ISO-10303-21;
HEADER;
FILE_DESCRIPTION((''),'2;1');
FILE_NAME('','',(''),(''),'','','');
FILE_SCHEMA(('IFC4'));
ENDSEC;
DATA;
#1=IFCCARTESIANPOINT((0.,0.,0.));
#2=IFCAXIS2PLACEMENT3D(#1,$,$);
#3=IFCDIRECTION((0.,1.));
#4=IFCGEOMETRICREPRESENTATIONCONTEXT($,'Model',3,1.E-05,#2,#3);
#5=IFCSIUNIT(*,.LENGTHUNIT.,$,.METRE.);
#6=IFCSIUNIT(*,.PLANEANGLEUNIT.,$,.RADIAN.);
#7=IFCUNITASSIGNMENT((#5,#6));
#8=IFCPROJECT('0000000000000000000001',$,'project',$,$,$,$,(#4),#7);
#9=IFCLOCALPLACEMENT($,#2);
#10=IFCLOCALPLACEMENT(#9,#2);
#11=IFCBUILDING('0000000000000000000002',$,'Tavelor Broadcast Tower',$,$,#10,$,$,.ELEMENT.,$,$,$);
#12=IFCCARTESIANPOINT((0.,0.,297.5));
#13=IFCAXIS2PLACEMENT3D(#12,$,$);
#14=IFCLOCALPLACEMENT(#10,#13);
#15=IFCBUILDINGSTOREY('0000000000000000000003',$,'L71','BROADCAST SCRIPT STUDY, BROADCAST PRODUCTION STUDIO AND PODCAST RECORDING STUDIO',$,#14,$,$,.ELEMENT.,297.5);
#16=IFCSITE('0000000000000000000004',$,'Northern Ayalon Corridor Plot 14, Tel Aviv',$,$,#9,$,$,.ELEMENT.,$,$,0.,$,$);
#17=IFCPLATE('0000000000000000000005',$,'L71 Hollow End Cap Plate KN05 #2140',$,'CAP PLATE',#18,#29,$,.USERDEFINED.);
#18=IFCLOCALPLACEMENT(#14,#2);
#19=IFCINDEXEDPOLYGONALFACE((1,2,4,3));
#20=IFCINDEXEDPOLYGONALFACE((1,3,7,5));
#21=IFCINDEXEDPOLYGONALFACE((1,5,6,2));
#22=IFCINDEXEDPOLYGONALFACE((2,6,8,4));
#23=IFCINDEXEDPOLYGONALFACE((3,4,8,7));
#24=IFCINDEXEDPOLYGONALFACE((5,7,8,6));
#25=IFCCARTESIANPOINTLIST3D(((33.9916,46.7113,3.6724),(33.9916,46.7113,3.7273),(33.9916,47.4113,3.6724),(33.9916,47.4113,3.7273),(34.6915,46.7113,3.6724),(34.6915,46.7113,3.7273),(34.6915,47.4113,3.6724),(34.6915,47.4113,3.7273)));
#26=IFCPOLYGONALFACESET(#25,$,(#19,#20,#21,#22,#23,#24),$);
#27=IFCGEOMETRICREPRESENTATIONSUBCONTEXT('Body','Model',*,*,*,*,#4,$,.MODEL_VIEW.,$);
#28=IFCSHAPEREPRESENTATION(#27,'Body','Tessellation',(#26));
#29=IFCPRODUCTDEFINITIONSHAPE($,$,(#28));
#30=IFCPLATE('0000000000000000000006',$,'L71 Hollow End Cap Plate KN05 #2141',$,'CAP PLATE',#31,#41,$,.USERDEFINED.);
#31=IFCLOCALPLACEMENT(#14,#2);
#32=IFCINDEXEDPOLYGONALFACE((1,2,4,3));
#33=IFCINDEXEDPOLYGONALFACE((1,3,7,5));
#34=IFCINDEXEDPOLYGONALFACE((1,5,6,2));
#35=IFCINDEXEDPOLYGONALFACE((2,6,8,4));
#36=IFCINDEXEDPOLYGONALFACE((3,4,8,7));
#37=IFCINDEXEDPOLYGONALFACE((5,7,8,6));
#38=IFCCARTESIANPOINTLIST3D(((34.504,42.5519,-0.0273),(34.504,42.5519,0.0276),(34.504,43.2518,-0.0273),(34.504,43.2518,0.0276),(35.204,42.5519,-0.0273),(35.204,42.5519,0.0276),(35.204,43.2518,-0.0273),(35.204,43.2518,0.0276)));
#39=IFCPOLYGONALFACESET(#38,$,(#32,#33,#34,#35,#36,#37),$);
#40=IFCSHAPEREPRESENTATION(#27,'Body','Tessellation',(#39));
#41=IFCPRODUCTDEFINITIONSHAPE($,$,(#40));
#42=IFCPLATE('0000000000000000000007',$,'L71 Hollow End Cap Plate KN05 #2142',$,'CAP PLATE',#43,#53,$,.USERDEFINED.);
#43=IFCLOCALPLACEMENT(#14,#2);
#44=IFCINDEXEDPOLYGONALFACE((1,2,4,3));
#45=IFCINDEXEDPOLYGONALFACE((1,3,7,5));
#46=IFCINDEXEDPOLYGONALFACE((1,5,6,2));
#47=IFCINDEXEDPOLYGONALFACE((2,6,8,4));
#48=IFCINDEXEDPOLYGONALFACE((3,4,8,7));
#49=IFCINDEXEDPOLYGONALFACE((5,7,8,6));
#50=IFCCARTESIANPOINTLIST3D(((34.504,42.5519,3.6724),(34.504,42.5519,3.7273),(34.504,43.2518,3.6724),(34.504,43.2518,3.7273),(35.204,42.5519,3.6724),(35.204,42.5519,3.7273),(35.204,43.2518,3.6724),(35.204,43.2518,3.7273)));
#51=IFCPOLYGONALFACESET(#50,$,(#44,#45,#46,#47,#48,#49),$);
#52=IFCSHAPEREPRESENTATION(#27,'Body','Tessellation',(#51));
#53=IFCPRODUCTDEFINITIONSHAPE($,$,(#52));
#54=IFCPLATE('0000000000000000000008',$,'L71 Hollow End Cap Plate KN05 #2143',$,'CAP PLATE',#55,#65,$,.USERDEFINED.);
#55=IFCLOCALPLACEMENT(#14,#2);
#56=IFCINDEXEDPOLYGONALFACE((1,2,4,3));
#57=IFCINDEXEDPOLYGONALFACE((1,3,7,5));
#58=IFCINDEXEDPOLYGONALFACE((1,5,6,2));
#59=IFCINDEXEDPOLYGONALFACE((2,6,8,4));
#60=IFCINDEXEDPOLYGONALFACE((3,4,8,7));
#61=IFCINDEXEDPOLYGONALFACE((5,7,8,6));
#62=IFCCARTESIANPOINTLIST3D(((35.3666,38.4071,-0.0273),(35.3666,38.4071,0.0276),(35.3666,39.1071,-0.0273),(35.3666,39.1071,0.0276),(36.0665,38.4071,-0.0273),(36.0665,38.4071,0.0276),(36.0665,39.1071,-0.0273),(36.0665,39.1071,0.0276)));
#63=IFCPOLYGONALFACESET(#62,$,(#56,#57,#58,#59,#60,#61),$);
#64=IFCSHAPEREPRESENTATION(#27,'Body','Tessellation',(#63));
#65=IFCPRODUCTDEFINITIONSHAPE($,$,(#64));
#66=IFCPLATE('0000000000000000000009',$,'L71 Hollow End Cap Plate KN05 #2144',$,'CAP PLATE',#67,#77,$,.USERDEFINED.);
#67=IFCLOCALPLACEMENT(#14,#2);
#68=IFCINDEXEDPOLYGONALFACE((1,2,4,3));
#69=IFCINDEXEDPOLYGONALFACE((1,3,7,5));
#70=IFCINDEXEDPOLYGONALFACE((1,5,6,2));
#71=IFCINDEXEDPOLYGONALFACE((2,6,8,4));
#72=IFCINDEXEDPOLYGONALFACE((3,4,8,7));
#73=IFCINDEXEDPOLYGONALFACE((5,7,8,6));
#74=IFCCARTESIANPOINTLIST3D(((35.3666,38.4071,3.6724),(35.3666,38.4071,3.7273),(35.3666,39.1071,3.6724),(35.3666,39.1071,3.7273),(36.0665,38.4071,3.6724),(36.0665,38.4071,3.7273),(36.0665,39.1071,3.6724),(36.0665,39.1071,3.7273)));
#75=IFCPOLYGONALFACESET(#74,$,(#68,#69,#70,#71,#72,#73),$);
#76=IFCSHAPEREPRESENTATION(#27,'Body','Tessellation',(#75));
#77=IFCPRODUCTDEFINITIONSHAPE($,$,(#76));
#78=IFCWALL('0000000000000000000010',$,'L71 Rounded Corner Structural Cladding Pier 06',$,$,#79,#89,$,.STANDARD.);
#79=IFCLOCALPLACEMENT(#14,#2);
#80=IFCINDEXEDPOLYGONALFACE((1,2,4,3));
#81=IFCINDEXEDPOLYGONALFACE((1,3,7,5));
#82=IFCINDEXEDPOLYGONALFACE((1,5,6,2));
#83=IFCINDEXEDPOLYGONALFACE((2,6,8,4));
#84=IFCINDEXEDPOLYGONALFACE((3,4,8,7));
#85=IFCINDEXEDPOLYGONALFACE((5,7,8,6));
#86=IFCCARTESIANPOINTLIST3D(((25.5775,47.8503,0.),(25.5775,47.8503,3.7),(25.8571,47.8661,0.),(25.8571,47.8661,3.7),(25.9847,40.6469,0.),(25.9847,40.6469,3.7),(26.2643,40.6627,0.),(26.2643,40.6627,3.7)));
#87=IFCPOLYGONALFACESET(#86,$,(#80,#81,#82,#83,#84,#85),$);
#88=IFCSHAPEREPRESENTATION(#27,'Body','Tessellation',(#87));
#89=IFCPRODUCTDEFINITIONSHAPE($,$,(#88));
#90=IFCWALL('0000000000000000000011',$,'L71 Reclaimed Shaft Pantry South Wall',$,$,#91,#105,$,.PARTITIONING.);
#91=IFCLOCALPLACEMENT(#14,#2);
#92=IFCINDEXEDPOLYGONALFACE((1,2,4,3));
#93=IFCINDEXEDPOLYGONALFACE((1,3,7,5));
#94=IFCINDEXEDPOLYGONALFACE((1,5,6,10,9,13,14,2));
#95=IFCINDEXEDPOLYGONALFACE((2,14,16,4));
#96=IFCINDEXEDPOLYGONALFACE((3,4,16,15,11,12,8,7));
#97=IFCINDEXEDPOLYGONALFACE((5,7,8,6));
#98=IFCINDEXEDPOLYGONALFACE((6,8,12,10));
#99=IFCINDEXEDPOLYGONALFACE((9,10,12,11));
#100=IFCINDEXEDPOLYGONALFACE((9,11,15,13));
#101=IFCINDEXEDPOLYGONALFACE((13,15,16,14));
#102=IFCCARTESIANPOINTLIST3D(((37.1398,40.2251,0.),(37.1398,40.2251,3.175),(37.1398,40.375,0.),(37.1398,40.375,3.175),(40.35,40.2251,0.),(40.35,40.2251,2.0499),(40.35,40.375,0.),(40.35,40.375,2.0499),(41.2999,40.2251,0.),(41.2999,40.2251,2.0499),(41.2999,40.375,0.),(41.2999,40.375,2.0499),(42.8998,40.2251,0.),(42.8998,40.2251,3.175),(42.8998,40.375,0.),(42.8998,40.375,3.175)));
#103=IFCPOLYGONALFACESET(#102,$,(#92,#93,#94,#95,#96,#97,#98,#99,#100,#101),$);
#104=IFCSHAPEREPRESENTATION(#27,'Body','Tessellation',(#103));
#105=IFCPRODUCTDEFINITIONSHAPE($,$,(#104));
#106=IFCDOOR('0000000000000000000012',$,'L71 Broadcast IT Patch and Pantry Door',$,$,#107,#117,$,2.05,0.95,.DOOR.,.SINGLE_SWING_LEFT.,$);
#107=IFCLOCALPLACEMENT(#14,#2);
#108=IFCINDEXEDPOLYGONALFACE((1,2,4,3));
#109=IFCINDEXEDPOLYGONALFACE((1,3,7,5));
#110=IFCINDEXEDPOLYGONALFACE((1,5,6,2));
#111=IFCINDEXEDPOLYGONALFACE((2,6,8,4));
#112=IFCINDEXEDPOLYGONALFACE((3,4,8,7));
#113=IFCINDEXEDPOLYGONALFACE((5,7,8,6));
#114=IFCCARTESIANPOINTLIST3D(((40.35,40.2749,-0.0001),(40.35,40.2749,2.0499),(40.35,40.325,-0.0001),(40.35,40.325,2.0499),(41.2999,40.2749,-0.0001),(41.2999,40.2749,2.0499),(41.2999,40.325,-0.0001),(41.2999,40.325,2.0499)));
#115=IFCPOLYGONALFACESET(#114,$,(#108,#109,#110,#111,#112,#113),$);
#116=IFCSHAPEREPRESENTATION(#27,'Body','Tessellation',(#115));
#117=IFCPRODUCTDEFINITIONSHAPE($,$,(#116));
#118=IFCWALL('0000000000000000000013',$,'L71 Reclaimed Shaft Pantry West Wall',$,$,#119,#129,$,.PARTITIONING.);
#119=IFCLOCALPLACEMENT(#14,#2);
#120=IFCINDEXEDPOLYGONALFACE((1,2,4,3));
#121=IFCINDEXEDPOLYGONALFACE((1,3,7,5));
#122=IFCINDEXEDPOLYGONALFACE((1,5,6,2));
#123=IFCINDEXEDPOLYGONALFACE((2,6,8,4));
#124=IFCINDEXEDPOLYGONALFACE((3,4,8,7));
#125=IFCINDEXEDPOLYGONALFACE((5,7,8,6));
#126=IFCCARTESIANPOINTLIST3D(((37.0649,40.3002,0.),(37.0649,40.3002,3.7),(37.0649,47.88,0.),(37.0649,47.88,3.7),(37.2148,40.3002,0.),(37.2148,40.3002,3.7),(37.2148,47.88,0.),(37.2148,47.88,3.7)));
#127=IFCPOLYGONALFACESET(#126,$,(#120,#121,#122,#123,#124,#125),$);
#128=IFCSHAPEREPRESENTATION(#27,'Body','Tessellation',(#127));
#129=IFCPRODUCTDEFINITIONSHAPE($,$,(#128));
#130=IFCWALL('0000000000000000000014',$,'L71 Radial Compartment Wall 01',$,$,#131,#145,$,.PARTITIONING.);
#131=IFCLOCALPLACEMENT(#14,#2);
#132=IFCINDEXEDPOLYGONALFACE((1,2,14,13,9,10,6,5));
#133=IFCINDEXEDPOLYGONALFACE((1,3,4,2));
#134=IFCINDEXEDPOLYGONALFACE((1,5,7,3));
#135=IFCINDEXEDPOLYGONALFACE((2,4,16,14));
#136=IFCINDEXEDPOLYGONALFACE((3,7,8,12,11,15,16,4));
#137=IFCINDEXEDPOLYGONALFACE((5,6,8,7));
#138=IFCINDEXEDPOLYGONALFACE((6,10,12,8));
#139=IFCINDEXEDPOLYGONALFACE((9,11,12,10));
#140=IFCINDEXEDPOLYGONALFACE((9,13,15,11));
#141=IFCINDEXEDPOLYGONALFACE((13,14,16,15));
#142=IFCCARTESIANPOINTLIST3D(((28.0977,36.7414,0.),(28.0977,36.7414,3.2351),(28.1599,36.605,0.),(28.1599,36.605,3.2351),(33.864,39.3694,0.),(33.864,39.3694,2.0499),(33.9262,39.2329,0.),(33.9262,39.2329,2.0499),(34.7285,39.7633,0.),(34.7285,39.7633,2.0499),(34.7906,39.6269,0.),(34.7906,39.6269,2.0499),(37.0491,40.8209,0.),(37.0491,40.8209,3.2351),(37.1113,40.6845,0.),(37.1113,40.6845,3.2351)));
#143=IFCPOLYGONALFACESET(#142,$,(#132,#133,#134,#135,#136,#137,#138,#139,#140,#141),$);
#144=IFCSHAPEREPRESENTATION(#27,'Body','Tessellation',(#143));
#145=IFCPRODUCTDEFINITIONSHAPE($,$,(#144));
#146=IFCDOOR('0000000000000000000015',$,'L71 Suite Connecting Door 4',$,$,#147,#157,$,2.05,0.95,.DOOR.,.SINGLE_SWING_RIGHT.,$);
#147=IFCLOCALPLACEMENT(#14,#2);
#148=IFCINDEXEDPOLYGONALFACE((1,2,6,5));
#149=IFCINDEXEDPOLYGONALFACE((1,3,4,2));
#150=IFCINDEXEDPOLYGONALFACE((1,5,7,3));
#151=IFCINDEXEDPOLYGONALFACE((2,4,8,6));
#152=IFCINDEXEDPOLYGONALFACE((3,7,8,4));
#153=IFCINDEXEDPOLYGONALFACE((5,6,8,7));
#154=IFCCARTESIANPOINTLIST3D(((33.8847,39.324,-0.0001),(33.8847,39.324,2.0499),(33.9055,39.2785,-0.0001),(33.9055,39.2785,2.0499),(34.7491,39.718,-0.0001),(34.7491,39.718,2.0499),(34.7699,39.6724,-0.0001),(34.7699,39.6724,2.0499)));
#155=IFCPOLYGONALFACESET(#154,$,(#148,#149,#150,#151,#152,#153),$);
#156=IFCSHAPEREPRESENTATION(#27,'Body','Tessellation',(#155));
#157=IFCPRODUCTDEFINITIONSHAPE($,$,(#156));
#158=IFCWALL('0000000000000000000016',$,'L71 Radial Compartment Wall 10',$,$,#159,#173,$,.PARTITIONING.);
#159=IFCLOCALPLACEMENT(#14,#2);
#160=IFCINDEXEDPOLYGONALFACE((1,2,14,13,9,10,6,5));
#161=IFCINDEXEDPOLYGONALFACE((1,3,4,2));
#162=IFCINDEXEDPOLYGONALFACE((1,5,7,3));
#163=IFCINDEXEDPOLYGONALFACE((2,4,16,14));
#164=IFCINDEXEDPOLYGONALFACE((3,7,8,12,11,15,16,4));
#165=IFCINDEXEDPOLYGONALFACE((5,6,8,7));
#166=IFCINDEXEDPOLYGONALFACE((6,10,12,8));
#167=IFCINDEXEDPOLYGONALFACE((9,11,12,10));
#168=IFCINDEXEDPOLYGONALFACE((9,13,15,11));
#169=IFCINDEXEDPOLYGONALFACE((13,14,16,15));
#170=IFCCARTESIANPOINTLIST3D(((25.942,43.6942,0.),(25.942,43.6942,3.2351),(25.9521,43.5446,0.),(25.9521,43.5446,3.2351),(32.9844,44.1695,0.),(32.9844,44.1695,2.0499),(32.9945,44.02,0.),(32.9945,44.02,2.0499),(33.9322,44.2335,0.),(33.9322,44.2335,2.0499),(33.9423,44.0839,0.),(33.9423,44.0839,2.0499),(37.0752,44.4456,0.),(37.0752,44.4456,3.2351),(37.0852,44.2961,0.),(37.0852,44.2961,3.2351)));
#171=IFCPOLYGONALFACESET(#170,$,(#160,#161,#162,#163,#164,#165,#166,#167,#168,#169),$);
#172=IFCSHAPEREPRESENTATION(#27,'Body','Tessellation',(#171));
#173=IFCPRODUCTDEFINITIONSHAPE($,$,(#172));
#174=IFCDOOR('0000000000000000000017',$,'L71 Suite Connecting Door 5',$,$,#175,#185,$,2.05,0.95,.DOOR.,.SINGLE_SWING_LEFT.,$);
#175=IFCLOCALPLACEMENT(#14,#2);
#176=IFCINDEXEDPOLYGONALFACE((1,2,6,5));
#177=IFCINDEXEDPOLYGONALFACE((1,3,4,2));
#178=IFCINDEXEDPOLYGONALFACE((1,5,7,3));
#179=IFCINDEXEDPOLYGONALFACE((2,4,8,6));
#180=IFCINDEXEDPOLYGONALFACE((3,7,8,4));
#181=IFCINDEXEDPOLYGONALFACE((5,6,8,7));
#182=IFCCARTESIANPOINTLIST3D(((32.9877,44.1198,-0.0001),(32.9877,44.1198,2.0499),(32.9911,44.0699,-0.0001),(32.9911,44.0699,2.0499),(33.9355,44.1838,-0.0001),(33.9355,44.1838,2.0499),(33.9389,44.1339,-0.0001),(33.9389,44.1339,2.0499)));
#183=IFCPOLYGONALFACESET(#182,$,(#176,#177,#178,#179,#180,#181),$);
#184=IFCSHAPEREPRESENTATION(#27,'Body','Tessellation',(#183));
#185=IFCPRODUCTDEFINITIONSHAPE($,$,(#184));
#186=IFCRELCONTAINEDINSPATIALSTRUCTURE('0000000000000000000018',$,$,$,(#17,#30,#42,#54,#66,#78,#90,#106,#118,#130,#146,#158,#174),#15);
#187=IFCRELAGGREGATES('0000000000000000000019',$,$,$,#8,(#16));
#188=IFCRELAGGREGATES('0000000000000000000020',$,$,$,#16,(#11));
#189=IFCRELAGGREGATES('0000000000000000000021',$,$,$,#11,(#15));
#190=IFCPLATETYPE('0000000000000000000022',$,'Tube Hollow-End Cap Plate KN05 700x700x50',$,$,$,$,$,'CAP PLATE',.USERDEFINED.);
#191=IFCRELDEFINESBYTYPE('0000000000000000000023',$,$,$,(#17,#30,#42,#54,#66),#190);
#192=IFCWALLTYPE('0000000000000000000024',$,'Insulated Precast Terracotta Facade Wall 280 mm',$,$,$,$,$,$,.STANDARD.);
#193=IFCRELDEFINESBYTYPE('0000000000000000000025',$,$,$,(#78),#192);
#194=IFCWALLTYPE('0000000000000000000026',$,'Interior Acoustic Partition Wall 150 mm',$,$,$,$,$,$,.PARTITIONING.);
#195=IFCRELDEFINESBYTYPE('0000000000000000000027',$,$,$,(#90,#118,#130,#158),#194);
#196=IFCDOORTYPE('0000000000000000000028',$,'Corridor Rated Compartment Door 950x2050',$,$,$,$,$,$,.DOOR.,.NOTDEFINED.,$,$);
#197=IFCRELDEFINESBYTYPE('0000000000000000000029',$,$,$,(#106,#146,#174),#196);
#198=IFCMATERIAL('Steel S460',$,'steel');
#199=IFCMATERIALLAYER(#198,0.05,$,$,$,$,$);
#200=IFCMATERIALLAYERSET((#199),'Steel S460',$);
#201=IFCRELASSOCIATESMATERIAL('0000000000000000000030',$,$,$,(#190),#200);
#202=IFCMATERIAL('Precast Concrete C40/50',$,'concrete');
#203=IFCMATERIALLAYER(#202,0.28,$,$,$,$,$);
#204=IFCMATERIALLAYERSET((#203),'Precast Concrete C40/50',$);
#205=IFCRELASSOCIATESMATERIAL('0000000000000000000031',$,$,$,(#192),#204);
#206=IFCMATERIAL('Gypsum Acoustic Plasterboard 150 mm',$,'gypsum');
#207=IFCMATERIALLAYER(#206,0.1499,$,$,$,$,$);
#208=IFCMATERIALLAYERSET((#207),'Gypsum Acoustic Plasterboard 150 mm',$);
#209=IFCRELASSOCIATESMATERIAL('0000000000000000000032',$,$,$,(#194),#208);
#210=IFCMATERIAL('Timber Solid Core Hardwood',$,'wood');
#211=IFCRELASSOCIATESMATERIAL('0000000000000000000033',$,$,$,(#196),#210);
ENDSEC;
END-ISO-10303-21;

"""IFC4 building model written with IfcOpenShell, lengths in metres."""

from ifc_helpers import new_model, si_unit, direction, frame, frame_2d, origin, origin_2d, place, context, subcontext, project, spatial, rectangle, extrude, source, transform, mapped, material, layer, layer_set, type_object, type_shapes, element, fill, save


model = new_model("IFC4")

# Units and contexts
model_context = context("Model", 3, precision=1e-05, world=origin(), true_north=direction((0.0, 1.0)))
body_context = subcontext(model_context, "Body", "Model", "MODEL_VIEW")
ifc_project = project(units=[si_unit("LENGTHUNIT", "METRE"), si_unit("PLANEANGLEUNIT", "RADIAN")], contexts=[model_context])

# Site, building, storey
site_placement = place(None, origin())
site = spatial("IfcSite", under=ifc_project, at=site_placement, Name="Northern Ayalon Corridor Plot 14, Tel Aviv", CompositionType="ELEMENT", RefElevation=0.0)
building_placement = place(site_placement, origin())
building = spatial("IfcBuilding", under=site, at=building_placement, Name="Tavelor Broadcast Tower", CompositionType="ELEMENT")
storey_placement = place(building_placement, frame((0.0, 0.0, 297.5)))
storey = spatial("IfcBuildingStorey", under=building, at=storey_placement, Name="L71", Description="BROADCAST SCRIPT STUDY, BROADCAST PRODUCTION STUDIO AND PODCAST RECORDING STUDIO", CompositionType="ELEMENT", Elevation=297.5)

# Shared definitions
ifc_material_1 = material(Name="Steel S460", Category="steel")

# Plates
ifc_layer_1 = layer(ifc_material_1, 0.05)
ifc_layer_set_1 = layer_set([ifc_layer_1], Name="Steel S460")
plate_type = type_object("IfcPlateType", Name="Tube Hollow-End Cap Plate KN05 700x700x50", ElementType="CAP PLATE", PredefinedType="USERDEFINED", material=ifc_layer_set_1)
shared_shape_1 = source(origin(), body_context, "Body", "SweptSolid", [
    extrude(rectangle(XDim=0.7, YDim=0.7, at=origin_2d()), origin(), (0.0, 0.0, 1.0), 0.0549),
])
type_shapes(plate_type, [shared_shape_1])
for number, where, z_axis, x_axis, name in (
    (1, (34.3416, 47.0613, 3.6724), (0.0, 0.0, 1.0), (1.0, 0.0, 0.0), "L71 Hollow End Cap Plate KN05 #2140"),
    (2, (34.854, 42.9019, -0.0273), (0.0, 0.0, 1.0), (1.0, 0.0, 0.0), "L71 Hollow End Cap Plate KN05 #2141"),
    (3, (34.854, 42.9019, 3.6724), (0.0, 0.0, 1.0), (1.0, 0.0, 0.0), "L71 Hollow End Cap Plate KN05 #2142"),
    (4, (35.7166, 38.7571, -0.0273), (0.0, 0.0, 1.0), (1.0, 0.0, 0.0), "L71 Hollow End Cap Plate KN05 #2143"),
    (5, (35.7166, 38.7571, 3.6724), (0.0, 0.0, 1.0), (1.0, 0.0, 0.0), "L71 Hollow End Cap Plate KN05 #2144"),
):
    element("IfcPlate", number, at=place(storey_placement, frame(where, z_axis=z_axis, x_axis=x_axis)), inside=storey, type_object=plate_type, Name=name, ObjectType="CAP PLATE", PredefinedType="USERDEFINED", context=body_context, shape_type="MappedRepresentation", body=[
        mapped(shared_shape_1, transform((0.0, 0.0, 0.0), scale=1.0)),
    ])

# Wall
ifc_material_2 = material(Name="Precast Concrete C40/50", Category="concrete")
ifc_layer_2 = layer(ifc_material_2, 0.28)
ifc_layer_set_2 = layer_set([ifc_layer_2], Name="Precast Concrete C40/50")
wall_type_1 = type_object("IfcWallType", Name="Insulated Precast Terracotta Facade Wall 280 mm", PredefinedType="STANDARD", material=ifc_layer_set_2)
wall_1_placement = place(storey_placement, frame((25.7173, 47.8582, 0.0), z_axis=(0.0, 0.0, 1.0), x_axis=(0.056443, -0.998406, 0.0)))
element("IfcWall", 6, at=wall_1_placement, inside=storey, type_object=wall_type_1, Name="L71 Rounded Corner Structural Cladding Pier 06", PredefinedType="STANDARD", context=body_context, shape_type="SweptSolid", body=[
    extrude(rectangle(XDim=7.2148, YDim=0.28, at=frame_2d((3.6074, 0.0))), origin(), (0.0, 0.0, 1.0), 3.7),
])

# Wall, opening, door
ifc_material_3 = material(Name="Gypsum Acoustic Plasterboard 150 mm", Category="gypsum")
ifc_layer_3 = layer(ifc_material_3, 0.1499)
ifc_layer_set_3 = layer_set([ifc_layer_3], Name="Gypsum Acoustic Plasterboard 150 mm")
wall_type_2 = type_object("IfcWallType", Name="Interior Acoustic Partition Wall 150 mm", PredefinedType="PARTITIONING", material=ifc_layer_set_3)
wall_2_placement = place(storey_placement, frame((37.1399, 40.3, 0.0), z_axis=(0.0, 0.0, 1.0), x_axis=(1.0, 0.0, 0.0)))
wall_2 = element("IfcWall", 7, at=wall_2_placement, inside=storey, type_object=wall_type_2, Name="L71 Reclaimed Shaft Pantry South Wall", PredefinedType="PARTITIONING", context=body_context, shape_type="SweptSolid", body=[
    extrude(rectangle(XDim=5.76, YDim=0.1499, at=frame_2d((2.8799, 0.0))), origin(), (0.0, 0.0, 1.0), 3.175),
])
opening_1_placement = place(wall_2_placement, frame((3.21, 0.0, 0.0)))
opening_1 = element("IfcOpeningElement", 8, at=opening_1_placement, cuts=wall_2, PredefinedType="OPENING", context=body_context, shape_type="SweptSolid", body=[
    extrude(rectangle(XDim=0.95, YDim=2.05, at=frame_2d((0.4751, 1.0249))), frame((0.0, 0.085, 0.0), z_axis=(0.0, -1.0, 0.0), x_axis=(1.0, 0.0, 0.0)), (0.0, 0.0, 1.0), 0.1699),
])
ifc_material_4 = material(Name="Timber Solid Core Hardwood", Category="wood")
door_type = type_object("IfcDoorType", Name="Corridor Rated Compartment Door 950x2050", OperationType="NOTDEFINED", PredefinedType="DOOR", material=ifc_material_4)
door_1_placement = place(opening_1_placement, origin())
door_1 = element("IfcDoor", 9, at=door_1_placement, inside=storey, type_object=door_type, Name="L71 Broadcast IT Patch and Pantry Door", OperationType="SINGLE_SWING_LEFT", OverallHeight=2.05, OverallWidth=0.95, PredefinedType="DOOR", context=body_context, shape_type="SweptSolid", body=[
    extrude(rectangle(XDim=0.95, YDim=2.05, at=frame_2d((0.4751, 1.0249))), frame((0.0, 0.0249, 0.0), z_axis=(0.0, -1.0, 0.0), x_axis=(1.0, 0.0, 0.0)), (0.0, 0.0, 1.0), 0.05),
])
fill(opening_1, door_1)

# Wall
wall_3_placement = place(storey_placement, frame((37.1399, 40.3, 0.0), z_axis=(0.0, 0.0, 1.0), x_axis=(0.0, 1.0, 0.0)))
element("IfcWall", 10, at=wall_3_placement, inside=storey, type_object=wall_type_2, Name="L71 Reclaimed Shaft Pantry West Wall", PredefinedType="PARTITIONING", context=body_context, shape_type="SweptSolid", body=[
    extrude(rectangle(XDim=7.5798, YDim=0.1499, at=frame_2d((3.79, 0.0))), origin(), (0.0, 0.0, 1.0), 3.7),
])

# Walls, openings, doors
wall_4_placement = place(storey_placement, frame((37.0801, 40.7527, 0.0), z_axis=(0.0, 0.0, 1.0), x_axis=(-0.909954, -0.41471, 0.0)))
wall_4 = element("IfcWall", 11, at=wall_4_placement, inside=storey, type_object=wall_type_2, Name="L71 Radial Compartment Wall 01", PredefinedType="PARTITIONING", context=body_context, shape_type="SweptSolid", body=[
    extrude(rectangle(XDim=9.8372, YDim=0.1499, at=frame_2d((4.9185, 0.0))), origin(), (0.0, 0.0, 1.0), 3.2351),
])
opening_2_placement = place(wall_4_placement, frame((2.55, 0.0, 0.0)))
opening_2 = element("IfcOpeningElement", 12, at=opening_2_placement, cuts=wall_4, PredefinedType="OPENING", context=body_context, shape_type="SweptSolid", body=[
    extrude(rectangle(XDim=0.95, YDim=2.05, at=frame_2d((0.4751, 1.0249))), frame((0.0, 0.085, 0.0), z_axis=(0.0, -1.0, 0.0), x_axis=(1.0, 0.0, 0.0)), (0.0, 0.0, 1.0), 0.1699),
])
door_2_placement = place(opening_2_placement, origin())
door_2 = element("IfcDoor", 13, at=door_2_placement, inside=storey, type_object=door_type, Name="L71 Suite Connecting Door 4", OperationType="SINGLE_SWING_RIGHT", OverallHeight=2.05, OverallWidth=0.95, PredefinedType="DOOR", context=body_context, shape_type="SweptSolid", body=[
    extrude(rectangle(XDim=0.95, YDim=2.05, at=frame_2d((0.4751, 1.0249))), frame((0.0, 0.0249, 0.0), z_axis=(0.0, -1.0, 0.0), x_axis=(1.0, 0.0, 0.0)), (0.0, 0.0, 1.0), 0.05),
])
fill(opening_2, door_2)
wall_5_placement = place(storey_placement, frame((37.0801, 44.3708, 0.0), z_axis=(0.0, 0.0, 1.0), x_axis=(-0.99773, -0.067345, 0.0)))
wall_5 = element("IfcWall", 14, at=wall_5_placement, inside=storey, type_object=wall_type_2, Name="L71 Radial Compartment Wall 10", PredefinedType="PARTITIONING", context=body_context, shape_type="SweptSolid", body=[
    extrude(rectangle(XDim=11.1584, YDim=0.1499, at=frame_2d((5.5791, 0.0))), origin(), (0.0, 0.0, 1.0), 3.2351),
])
opening_3_placement = place(wall_5_placement, frame((3.1499, 0.0, 0.0)))
opening_3 = element("IfcOpeningElement", 15, at=opening_3_placement, cuts=wall_5, PredefinedType="OPENING", context=body_context, shape_type="SweptSolid", body=[
    extrude(rectangle(XDim=0.95, YDim=2.05, at=frame_2d((0.4751, 1.0249))), frame((0.0, 0.085, 0.0), z_axis=(0.0, -1.0, 0.0), x_axis=(1.0, 0.0, 0.0)), (0.0, 0.0, 1.0), 0.1699),
])
door_3_placement = place(opening_3_placement, origin())
door_3 = element("IfcDoor", 16, at=door_3_placement, inside=storey, type_object=door_type, Name="L71 Suite Connecting Door 5", OperationType="SINGLE_SWING_LEFT", OverallHeight=2.05, OverallWidth=0.95, PredefinedType="DOOR", context=body_context, shape_type="SweptSolid", body=[
    extrude(rectangle(XDim=0.95, YDim=2.05, at=frame_2d((0.4751, 1.0249))), frame((0.0, 0.0249, 0.0), z_axis=(0.0, -1.0, 0.0), x_axis=(1.0, 0.0, 0.0)), (0.0, 0.0, 1.0), 0.05),
])
fill(opening_3, door_3)

save(model, "model.ifc")
